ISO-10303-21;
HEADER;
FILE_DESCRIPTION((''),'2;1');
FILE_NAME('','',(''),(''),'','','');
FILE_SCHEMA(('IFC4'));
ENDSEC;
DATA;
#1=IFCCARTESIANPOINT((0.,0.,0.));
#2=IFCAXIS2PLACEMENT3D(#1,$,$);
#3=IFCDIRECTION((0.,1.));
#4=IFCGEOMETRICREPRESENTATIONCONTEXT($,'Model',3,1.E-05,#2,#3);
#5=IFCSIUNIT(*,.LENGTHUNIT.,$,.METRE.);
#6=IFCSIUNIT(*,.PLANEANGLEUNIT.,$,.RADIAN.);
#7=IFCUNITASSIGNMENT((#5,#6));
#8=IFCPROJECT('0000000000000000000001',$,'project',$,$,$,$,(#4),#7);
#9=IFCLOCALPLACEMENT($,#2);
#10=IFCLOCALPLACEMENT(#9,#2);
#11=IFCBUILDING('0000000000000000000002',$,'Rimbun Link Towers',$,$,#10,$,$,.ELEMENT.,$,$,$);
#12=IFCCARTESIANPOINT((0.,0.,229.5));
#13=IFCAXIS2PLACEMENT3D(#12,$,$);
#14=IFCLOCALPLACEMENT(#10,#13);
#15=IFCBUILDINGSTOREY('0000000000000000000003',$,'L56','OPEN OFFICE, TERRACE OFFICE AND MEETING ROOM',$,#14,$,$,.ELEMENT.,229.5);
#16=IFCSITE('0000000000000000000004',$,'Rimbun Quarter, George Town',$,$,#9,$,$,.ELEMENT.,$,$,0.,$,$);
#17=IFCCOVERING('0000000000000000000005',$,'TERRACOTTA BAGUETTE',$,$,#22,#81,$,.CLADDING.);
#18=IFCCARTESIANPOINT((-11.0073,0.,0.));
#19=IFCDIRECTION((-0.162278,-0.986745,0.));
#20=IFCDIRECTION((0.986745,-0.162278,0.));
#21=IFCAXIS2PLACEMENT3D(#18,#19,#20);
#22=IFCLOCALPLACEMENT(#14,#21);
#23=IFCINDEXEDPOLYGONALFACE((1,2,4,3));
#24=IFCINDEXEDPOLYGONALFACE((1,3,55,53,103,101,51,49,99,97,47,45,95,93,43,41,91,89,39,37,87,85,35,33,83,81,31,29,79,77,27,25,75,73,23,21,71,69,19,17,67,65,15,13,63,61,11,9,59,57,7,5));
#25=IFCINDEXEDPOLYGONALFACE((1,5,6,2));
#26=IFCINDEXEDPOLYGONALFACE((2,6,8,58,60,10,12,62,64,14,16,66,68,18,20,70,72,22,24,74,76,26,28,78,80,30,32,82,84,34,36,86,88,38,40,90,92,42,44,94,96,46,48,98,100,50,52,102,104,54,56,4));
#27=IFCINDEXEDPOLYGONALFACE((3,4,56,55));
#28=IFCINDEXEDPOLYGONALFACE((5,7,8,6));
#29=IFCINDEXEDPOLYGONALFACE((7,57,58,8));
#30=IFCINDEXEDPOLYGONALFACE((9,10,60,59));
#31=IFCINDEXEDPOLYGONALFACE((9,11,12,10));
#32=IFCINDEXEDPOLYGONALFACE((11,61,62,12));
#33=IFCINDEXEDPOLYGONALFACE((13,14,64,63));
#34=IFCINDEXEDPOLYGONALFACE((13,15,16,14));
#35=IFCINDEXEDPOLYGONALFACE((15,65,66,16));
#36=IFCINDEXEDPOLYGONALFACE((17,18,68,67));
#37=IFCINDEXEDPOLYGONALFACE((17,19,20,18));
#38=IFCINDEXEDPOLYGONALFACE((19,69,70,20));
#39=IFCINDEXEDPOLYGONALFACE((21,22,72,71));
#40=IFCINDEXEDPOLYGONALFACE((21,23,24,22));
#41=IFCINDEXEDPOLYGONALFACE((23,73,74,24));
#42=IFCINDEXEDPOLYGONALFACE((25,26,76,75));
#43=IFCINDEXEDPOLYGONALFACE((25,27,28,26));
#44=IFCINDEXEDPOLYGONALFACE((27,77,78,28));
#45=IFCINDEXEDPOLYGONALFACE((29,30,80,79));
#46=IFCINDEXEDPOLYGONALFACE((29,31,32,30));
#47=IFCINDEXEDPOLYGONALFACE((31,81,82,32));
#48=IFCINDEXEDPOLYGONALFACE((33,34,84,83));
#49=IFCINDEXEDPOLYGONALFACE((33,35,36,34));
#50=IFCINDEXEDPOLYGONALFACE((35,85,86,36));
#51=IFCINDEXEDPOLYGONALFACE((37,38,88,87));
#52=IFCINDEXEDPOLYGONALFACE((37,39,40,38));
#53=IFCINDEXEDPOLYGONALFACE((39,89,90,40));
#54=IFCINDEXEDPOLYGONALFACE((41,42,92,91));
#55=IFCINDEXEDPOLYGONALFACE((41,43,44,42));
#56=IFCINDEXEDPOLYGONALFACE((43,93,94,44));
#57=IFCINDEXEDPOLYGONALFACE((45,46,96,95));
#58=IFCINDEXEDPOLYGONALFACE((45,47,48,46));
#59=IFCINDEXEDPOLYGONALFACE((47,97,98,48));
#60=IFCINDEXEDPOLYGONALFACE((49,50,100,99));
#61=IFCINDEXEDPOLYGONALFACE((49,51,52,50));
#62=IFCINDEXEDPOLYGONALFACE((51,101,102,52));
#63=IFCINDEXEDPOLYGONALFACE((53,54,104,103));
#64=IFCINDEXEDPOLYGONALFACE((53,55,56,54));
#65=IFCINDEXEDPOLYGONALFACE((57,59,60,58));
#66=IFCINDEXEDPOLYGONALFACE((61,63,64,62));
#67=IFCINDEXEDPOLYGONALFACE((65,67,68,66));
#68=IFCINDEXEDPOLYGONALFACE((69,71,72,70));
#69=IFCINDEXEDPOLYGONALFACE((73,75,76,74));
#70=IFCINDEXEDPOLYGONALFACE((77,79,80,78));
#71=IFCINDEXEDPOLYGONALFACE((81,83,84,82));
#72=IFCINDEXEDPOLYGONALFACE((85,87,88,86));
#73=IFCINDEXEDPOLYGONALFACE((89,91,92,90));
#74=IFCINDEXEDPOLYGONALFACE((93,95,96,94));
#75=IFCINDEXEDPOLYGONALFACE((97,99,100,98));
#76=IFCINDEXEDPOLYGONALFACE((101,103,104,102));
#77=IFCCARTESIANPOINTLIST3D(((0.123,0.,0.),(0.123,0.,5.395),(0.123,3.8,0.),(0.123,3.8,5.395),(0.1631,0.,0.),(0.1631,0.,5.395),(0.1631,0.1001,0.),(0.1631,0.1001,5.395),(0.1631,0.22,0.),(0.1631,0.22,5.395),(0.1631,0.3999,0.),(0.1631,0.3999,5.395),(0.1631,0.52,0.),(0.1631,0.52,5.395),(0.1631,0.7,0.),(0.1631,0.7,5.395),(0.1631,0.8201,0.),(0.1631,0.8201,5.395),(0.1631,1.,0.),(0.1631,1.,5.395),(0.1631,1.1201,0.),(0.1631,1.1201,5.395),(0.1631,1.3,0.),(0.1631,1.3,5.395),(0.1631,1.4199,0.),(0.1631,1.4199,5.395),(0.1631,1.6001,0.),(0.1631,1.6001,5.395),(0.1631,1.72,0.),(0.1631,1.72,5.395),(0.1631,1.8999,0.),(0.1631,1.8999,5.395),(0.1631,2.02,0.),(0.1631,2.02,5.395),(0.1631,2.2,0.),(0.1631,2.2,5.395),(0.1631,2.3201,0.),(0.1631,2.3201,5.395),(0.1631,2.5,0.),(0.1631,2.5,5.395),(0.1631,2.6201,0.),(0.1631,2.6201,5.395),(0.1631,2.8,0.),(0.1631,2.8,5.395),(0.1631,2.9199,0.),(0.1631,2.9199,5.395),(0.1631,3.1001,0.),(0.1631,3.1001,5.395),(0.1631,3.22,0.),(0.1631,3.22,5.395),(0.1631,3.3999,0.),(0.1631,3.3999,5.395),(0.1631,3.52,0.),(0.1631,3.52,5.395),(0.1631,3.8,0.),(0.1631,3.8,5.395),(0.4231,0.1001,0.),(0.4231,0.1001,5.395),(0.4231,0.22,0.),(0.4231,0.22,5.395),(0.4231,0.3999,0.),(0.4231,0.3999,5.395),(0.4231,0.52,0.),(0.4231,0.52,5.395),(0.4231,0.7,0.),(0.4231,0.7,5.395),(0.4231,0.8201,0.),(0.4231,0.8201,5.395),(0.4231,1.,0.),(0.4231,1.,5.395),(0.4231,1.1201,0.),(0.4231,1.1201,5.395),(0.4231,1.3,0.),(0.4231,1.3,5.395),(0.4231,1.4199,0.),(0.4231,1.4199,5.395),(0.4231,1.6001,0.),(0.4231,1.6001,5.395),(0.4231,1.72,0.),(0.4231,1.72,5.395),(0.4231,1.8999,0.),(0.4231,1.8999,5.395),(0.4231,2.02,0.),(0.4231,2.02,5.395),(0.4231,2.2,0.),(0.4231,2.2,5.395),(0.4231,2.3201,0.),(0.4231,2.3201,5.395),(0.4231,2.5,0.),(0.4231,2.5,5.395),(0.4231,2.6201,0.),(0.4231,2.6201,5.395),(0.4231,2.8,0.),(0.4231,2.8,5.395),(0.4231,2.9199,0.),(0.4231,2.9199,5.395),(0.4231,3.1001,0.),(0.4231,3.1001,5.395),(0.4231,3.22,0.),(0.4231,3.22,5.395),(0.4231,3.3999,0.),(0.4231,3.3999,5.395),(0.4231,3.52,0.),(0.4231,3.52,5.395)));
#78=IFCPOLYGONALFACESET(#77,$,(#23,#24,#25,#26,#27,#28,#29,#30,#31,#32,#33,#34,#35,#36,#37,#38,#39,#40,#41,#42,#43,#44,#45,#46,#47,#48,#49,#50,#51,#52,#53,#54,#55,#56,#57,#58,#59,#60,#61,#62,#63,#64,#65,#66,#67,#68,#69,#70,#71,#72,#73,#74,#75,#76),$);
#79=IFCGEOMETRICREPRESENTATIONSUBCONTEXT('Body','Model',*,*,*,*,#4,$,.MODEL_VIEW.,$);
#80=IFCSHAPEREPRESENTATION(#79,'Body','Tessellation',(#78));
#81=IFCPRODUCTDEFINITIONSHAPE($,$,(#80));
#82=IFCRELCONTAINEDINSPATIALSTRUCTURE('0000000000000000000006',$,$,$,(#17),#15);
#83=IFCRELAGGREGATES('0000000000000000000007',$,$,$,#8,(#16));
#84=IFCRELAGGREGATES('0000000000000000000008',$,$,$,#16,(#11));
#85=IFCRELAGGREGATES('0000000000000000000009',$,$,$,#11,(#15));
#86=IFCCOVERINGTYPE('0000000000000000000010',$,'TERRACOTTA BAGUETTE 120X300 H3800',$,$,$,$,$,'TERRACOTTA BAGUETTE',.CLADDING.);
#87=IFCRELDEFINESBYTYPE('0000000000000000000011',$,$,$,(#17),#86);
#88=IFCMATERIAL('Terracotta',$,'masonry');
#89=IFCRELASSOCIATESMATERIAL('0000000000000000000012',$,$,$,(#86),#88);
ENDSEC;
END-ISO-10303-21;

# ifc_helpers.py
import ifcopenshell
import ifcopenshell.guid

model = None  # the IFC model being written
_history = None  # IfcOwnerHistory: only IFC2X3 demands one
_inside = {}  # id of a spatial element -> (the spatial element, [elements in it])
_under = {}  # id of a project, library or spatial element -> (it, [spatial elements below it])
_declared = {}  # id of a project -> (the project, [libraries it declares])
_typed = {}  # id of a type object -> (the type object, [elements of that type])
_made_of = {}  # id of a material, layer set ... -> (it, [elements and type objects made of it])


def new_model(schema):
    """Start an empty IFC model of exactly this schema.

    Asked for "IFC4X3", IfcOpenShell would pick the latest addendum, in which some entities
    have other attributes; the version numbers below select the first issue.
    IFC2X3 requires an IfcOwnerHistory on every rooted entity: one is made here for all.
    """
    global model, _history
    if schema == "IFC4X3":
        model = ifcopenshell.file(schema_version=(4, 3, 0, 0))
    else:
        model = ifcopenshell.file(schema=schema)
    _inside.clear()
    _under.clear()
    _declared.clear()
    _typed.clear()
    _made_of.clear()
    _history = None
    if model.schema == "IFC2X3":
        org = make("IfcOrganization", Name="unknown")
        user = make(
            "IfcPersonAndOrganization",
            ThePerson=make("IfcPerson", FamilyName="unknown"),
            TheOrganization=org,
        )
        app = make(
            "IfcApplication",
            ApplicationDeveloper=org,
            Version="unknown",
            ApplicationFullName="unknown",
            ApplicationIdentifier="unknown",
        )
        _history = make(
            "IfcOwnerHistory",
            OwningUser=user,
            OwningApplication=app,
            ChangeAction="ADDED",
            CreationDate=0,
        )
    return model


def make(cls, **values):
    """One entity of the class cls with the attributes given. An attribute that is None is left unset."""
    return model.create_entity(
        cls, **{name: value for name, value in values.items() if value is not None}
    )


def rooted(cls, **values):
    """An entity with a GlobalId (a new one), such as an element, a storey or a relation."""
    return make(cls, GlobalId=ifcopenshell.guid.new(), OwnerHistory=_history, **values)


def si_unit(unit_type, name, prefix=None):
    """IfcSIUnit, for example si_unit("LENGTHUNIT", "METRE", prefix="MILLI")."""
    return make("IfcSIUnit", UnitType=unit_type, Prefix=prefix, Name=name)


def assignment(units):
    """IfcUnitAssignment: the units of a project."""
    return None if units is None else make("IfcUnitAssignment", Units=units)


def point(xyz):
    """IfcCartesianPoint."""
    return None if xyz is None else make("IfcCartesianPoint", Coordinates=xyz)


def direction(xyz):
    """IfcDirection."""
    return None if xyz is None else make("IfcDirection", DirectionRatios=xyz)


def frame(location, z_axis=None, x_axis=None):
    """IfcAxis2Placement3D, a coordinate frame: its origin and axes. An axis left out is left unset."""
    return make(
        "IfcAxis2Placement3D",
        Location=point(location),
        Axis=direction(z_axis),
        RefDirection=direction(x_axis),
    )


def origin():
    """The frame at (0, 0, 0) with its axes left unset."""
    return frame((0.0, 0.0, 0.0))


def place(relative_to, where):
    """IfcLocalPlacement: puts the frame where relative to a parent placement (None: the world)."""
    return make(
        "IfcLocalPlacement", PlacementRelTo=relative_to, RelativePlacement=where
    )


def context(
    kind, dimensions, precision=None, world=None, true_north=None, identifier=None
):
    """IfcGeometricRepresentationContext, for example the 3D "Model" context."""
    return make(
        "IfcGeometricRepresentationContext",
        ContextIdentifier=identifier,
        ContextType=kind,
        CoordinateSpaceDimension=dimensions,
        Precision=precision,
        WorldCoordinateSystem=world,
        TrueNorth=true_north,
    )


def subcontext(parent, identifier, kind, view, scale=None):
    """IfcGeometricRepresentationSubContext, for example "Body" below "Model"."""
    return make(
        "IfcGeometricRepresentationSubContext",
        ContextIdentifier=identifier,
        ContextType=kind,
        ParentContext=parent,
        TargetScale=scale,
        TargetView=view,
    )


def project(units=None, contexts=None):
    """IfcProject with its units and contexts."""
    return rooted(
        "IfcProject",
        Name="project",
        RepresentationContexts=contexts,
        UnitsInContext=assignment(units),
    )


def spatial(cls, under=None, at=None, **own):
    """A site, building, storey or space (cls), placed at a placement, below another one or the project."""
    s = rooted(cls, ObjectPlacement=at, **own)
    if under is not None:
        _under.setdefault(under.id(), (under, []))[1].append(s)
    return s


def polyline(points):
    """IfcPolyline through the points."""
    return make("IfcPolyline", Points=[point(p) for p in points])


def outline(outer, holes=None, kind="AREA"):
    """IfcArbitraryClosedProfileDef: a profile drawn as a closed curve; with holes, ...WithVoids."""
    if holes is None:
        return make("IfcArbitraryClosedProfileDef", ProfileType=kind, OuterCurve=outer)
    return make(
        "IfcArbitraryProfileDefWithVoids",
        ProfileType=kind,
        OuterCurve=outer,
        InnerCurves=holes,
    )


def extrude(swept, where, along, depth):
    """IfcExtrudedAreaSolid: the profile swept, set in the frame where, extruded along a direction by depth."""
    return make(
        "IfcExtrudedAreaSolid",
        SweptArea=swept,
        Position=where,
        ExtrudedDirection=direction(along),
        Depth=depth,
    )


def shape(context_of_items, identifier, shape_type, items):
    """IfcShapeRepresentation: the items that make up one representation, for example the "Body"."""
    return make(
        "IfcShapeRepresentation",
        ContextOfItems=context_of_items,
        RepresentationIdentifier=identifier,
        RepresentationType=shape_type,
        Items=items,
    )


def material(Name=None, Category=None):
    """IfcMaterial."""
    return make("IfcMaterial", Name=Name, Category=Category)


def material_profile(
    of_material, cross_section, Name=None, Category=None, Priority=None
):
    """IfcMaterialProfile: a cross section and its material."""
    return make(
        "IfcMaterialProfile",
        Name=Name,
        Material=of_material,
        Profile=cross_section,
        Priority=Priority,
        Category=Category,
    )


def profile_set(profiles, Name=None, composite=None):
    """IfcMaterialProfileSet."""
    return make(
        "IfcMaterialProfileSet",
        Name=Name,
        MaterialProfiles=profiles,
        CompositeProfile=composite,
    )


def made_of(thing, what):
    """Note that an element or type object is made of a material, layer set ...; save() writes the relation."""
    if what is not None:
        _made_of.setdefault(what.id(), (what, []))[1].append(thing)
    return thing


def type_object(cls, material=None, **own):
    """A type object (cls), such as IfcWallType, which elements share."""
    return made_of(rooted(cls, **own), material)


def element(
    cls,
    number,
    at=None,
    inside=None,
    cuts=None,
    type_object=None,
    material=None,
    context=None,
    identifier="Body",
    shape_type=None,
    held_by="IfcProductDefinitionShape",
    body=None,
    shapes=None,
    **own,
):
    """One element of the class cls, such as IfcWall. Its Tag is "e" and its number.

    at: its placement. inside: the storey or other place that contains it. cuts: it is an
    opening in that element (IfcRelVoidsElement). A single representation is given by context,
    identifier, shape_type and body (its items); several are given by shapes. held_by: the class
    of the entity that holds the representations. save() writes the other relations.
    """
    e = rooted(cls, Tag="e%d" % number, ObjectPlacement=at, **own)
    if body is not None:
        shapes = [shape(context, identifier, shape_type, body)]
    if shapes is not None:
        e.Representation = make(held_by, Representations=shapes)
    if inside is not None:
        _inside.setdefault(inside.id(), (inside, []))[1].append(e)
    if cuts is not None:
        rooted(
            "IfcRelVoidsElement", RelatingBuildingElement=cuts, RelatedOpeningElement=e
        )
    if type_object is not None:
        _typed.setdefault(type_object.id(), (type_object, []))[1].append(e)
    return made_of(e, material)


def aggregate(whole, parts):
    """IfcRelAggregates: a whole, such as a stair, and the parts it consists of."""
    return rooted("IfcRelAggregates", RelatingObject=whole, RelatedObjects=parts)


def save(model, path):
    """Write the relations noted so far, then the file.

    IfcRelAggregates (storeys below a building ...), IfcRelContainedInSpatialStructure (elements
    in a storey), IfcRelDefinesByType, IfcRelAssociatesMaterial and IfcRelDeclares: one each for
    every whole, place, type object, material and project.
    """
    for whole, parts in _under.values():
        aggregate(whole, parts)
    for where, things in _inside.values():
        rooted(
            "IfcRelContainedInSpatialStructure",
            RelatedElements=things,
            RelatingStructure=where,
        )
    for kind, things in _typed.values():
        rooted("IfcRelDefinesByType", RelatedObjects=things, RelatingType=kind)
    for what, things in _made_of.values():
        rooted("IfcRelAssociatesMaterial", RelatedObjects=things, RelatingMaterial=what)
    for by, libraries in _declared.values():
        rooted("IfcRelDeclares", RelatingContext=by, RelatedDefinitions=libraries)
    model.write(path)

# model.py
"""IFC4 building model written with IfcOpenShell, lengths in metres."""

from ifc_helpers import new_model, si_unit, direction, frame, origin, place, context, subcontext, project, spatial, polyline, outline, extrude, material, material_profile, profile_set, type_object, element, save


model = new_model("IFC4")

# Units and contexts
model_context = context("Model", 3, precision=1e-05, world=origin(), true_north=direction((0.0, 1.0)))
body_context = subcontext(model_context, "Body", "Model", "MODEL_VIEW")
ifc_project = project(units=[si_unit("LENGTHUNIT", "METRE"), si_unit("PLANEANGLEUNIT", "RADIAN")], contexts=[model_context])

# Site, building, storey
site_placement = place(None, origin())
site = spatial("IfcSite", under=ifc_project, at=site_placement, Name="Rimbun Quarter, George Town", CompositionType="ELEMENT", RefElevation=0.0)
building_placement = place(site_placement, origin())
building = spatial("IfcBuilding", under=site, at=building_placement, Name="Rimbun Link Towers", CompositionType="ELEMENT")
storey_placement = place(building_placement, frame((0.0, 0.0, 229.5)))
storey = spatial("IfcBuildingStorey", under=building, at=storey_placement, Name="L56", Description="OPEN OFFICE, TERRACE OFFICE AND MEETING ROOM", CompositionType="ELEMENT", Elevation=229.5)

# Covering
ifc_material_1 = material(Name="Terracotta", Category="masonry")
ifc_material_profile_1 = material_profile(ifc_material_1, outline(polyline([(0.123, 0.0), (0.1631, 0.0), (0.1631, 0.1001), (0.4231, 0.1001), (0.4231, 0.22), (0.1631, 0.22), (0.1631, 0.3999), (0.4231, 0.3999), (0.4231, 0.52), (0.1631, 0.52), (0.1631, 0.7), (0.4231, 0.7), (0.4231, 0.8201), (0.1631, 0.8201), (0.1631, 1.0), (0.4231, 1.0), (0.4231, 1.1201), (0.1631, 1.1201), (0.1631, 1.3), (0.4231, 1.3), (0.4231, 1.4199), (0.1631, 1.4199), (0.1631, 1.6001), (0.4231, 1.6001), (0.4231, 1.72), (0.1631, 1.72), (0.1631, 1.8999), (0.4231, 1.8999), (0.4231, 2.02), (0.1631, 2.02), (0.1631, 2.2), (0.4231, 2.2), (0.4231, 2.3201), (0.1631, 2.3201), (0.1631, 2.5), (0.4231, 2.5), (0.4231, 2.6201), (0.1631, 2.6201), (0.1631, 2.8), (0.4231, 2.8), (0.4231, 2.9199), (0.1631, 2.9199), (0.1631, 3.1001), (0.4231, 3.1001), (0.4231, 3.22), (0.1631, 3.22), (0.1631, 3.3999), (0.4231, 3.3999), (0.4231, 3.52), (0.1631, 3.52), (0.1631, 3.8), (0.123, 3.8), (0.123, 0.0)])), Name="BAGUETTE 120X300")
ifc_profile_set_1 = profile_set([ifc_material_profile_1], Name="Terracotta")
covering_type = type_object("IfcCoveringType", Name="TERRACOTTA BAGUETTE 120X300 H3800", ElementType="TERRACOTTA BAGUETTE", PredefinedType="CLADDING", material=ifc_profile_set_1)
covering_1_placement = place(storey_placement, frame((-11.0073, 0.0, 0.0), z_axis=(-0.162278, -0.986745, 0.0), x_axis=(0.986745, -0.162278, 0.0)))
element("IfcCovering", 1, at=covering_1_placement, inside=storey, type_object=covering_type, Name="TERRACOTTA BAGUETTE", PredefinedType="CLADDING", context=body_context, shape_type="SweptSolid", body=[
    extrude(outline(polyline([(0.123, 0.0), (0.1631, 0.0), (0.1631, 0.1001), (0.4231, 0.1001), (0.4231, 0.22), (0.1631, 0.22), (0.1631, 0.3999), (0.4231, 0.3999), (0.4231, 0.52), (0.1631, 0.52), (0.1631, 0.7), (0.4231, 0.7), (0.4231, 0.8201), (0.1631, 0.8201), (0.1631, 1.0), (0.4231, 1.0), (0.4231, 1.1201), (0.1631, 1.1201), (0.1631, 1.3), (0.4231, 1.3), (0.4231, 1.4199), (0.1631, 1.4199), (0.1631, 1.6001), (0.4231, 1.6001), (0.4231, 1.72), (0.1631, 1.72), (0.1631, 1.8999), (0.4231, 1.8999), (0.4231, 2.02), (0.1631, 2.02), (0.1631, 2.2), (0.4231, 2.2), (0.4231, 2.3201), (0.1631, 2.3201), (0.1631, 2.5), (0.4231, 2.5), (0.4231, 2.6201), (0.1631, 2.6201), (0.1631, 2.8), (0.4231, 2.8), (0.4231, 2.9199), (0.1631, 2.9199), (0.1631, 3.1001), (0.4231, 3.1001), (0.4231, 3.22), (0.1631, 3.22), (0.1631, 3.3999), (0.4231, 3.3999), (0.4231, 3.52), (0.1631, 3.52), (0.1631, 3.8), (0.123, 3.8), (0.123, 0.0)])), origin(), (0.0, 0.0, 1.0), 5.395),
])

save(model, "model.ifc")
